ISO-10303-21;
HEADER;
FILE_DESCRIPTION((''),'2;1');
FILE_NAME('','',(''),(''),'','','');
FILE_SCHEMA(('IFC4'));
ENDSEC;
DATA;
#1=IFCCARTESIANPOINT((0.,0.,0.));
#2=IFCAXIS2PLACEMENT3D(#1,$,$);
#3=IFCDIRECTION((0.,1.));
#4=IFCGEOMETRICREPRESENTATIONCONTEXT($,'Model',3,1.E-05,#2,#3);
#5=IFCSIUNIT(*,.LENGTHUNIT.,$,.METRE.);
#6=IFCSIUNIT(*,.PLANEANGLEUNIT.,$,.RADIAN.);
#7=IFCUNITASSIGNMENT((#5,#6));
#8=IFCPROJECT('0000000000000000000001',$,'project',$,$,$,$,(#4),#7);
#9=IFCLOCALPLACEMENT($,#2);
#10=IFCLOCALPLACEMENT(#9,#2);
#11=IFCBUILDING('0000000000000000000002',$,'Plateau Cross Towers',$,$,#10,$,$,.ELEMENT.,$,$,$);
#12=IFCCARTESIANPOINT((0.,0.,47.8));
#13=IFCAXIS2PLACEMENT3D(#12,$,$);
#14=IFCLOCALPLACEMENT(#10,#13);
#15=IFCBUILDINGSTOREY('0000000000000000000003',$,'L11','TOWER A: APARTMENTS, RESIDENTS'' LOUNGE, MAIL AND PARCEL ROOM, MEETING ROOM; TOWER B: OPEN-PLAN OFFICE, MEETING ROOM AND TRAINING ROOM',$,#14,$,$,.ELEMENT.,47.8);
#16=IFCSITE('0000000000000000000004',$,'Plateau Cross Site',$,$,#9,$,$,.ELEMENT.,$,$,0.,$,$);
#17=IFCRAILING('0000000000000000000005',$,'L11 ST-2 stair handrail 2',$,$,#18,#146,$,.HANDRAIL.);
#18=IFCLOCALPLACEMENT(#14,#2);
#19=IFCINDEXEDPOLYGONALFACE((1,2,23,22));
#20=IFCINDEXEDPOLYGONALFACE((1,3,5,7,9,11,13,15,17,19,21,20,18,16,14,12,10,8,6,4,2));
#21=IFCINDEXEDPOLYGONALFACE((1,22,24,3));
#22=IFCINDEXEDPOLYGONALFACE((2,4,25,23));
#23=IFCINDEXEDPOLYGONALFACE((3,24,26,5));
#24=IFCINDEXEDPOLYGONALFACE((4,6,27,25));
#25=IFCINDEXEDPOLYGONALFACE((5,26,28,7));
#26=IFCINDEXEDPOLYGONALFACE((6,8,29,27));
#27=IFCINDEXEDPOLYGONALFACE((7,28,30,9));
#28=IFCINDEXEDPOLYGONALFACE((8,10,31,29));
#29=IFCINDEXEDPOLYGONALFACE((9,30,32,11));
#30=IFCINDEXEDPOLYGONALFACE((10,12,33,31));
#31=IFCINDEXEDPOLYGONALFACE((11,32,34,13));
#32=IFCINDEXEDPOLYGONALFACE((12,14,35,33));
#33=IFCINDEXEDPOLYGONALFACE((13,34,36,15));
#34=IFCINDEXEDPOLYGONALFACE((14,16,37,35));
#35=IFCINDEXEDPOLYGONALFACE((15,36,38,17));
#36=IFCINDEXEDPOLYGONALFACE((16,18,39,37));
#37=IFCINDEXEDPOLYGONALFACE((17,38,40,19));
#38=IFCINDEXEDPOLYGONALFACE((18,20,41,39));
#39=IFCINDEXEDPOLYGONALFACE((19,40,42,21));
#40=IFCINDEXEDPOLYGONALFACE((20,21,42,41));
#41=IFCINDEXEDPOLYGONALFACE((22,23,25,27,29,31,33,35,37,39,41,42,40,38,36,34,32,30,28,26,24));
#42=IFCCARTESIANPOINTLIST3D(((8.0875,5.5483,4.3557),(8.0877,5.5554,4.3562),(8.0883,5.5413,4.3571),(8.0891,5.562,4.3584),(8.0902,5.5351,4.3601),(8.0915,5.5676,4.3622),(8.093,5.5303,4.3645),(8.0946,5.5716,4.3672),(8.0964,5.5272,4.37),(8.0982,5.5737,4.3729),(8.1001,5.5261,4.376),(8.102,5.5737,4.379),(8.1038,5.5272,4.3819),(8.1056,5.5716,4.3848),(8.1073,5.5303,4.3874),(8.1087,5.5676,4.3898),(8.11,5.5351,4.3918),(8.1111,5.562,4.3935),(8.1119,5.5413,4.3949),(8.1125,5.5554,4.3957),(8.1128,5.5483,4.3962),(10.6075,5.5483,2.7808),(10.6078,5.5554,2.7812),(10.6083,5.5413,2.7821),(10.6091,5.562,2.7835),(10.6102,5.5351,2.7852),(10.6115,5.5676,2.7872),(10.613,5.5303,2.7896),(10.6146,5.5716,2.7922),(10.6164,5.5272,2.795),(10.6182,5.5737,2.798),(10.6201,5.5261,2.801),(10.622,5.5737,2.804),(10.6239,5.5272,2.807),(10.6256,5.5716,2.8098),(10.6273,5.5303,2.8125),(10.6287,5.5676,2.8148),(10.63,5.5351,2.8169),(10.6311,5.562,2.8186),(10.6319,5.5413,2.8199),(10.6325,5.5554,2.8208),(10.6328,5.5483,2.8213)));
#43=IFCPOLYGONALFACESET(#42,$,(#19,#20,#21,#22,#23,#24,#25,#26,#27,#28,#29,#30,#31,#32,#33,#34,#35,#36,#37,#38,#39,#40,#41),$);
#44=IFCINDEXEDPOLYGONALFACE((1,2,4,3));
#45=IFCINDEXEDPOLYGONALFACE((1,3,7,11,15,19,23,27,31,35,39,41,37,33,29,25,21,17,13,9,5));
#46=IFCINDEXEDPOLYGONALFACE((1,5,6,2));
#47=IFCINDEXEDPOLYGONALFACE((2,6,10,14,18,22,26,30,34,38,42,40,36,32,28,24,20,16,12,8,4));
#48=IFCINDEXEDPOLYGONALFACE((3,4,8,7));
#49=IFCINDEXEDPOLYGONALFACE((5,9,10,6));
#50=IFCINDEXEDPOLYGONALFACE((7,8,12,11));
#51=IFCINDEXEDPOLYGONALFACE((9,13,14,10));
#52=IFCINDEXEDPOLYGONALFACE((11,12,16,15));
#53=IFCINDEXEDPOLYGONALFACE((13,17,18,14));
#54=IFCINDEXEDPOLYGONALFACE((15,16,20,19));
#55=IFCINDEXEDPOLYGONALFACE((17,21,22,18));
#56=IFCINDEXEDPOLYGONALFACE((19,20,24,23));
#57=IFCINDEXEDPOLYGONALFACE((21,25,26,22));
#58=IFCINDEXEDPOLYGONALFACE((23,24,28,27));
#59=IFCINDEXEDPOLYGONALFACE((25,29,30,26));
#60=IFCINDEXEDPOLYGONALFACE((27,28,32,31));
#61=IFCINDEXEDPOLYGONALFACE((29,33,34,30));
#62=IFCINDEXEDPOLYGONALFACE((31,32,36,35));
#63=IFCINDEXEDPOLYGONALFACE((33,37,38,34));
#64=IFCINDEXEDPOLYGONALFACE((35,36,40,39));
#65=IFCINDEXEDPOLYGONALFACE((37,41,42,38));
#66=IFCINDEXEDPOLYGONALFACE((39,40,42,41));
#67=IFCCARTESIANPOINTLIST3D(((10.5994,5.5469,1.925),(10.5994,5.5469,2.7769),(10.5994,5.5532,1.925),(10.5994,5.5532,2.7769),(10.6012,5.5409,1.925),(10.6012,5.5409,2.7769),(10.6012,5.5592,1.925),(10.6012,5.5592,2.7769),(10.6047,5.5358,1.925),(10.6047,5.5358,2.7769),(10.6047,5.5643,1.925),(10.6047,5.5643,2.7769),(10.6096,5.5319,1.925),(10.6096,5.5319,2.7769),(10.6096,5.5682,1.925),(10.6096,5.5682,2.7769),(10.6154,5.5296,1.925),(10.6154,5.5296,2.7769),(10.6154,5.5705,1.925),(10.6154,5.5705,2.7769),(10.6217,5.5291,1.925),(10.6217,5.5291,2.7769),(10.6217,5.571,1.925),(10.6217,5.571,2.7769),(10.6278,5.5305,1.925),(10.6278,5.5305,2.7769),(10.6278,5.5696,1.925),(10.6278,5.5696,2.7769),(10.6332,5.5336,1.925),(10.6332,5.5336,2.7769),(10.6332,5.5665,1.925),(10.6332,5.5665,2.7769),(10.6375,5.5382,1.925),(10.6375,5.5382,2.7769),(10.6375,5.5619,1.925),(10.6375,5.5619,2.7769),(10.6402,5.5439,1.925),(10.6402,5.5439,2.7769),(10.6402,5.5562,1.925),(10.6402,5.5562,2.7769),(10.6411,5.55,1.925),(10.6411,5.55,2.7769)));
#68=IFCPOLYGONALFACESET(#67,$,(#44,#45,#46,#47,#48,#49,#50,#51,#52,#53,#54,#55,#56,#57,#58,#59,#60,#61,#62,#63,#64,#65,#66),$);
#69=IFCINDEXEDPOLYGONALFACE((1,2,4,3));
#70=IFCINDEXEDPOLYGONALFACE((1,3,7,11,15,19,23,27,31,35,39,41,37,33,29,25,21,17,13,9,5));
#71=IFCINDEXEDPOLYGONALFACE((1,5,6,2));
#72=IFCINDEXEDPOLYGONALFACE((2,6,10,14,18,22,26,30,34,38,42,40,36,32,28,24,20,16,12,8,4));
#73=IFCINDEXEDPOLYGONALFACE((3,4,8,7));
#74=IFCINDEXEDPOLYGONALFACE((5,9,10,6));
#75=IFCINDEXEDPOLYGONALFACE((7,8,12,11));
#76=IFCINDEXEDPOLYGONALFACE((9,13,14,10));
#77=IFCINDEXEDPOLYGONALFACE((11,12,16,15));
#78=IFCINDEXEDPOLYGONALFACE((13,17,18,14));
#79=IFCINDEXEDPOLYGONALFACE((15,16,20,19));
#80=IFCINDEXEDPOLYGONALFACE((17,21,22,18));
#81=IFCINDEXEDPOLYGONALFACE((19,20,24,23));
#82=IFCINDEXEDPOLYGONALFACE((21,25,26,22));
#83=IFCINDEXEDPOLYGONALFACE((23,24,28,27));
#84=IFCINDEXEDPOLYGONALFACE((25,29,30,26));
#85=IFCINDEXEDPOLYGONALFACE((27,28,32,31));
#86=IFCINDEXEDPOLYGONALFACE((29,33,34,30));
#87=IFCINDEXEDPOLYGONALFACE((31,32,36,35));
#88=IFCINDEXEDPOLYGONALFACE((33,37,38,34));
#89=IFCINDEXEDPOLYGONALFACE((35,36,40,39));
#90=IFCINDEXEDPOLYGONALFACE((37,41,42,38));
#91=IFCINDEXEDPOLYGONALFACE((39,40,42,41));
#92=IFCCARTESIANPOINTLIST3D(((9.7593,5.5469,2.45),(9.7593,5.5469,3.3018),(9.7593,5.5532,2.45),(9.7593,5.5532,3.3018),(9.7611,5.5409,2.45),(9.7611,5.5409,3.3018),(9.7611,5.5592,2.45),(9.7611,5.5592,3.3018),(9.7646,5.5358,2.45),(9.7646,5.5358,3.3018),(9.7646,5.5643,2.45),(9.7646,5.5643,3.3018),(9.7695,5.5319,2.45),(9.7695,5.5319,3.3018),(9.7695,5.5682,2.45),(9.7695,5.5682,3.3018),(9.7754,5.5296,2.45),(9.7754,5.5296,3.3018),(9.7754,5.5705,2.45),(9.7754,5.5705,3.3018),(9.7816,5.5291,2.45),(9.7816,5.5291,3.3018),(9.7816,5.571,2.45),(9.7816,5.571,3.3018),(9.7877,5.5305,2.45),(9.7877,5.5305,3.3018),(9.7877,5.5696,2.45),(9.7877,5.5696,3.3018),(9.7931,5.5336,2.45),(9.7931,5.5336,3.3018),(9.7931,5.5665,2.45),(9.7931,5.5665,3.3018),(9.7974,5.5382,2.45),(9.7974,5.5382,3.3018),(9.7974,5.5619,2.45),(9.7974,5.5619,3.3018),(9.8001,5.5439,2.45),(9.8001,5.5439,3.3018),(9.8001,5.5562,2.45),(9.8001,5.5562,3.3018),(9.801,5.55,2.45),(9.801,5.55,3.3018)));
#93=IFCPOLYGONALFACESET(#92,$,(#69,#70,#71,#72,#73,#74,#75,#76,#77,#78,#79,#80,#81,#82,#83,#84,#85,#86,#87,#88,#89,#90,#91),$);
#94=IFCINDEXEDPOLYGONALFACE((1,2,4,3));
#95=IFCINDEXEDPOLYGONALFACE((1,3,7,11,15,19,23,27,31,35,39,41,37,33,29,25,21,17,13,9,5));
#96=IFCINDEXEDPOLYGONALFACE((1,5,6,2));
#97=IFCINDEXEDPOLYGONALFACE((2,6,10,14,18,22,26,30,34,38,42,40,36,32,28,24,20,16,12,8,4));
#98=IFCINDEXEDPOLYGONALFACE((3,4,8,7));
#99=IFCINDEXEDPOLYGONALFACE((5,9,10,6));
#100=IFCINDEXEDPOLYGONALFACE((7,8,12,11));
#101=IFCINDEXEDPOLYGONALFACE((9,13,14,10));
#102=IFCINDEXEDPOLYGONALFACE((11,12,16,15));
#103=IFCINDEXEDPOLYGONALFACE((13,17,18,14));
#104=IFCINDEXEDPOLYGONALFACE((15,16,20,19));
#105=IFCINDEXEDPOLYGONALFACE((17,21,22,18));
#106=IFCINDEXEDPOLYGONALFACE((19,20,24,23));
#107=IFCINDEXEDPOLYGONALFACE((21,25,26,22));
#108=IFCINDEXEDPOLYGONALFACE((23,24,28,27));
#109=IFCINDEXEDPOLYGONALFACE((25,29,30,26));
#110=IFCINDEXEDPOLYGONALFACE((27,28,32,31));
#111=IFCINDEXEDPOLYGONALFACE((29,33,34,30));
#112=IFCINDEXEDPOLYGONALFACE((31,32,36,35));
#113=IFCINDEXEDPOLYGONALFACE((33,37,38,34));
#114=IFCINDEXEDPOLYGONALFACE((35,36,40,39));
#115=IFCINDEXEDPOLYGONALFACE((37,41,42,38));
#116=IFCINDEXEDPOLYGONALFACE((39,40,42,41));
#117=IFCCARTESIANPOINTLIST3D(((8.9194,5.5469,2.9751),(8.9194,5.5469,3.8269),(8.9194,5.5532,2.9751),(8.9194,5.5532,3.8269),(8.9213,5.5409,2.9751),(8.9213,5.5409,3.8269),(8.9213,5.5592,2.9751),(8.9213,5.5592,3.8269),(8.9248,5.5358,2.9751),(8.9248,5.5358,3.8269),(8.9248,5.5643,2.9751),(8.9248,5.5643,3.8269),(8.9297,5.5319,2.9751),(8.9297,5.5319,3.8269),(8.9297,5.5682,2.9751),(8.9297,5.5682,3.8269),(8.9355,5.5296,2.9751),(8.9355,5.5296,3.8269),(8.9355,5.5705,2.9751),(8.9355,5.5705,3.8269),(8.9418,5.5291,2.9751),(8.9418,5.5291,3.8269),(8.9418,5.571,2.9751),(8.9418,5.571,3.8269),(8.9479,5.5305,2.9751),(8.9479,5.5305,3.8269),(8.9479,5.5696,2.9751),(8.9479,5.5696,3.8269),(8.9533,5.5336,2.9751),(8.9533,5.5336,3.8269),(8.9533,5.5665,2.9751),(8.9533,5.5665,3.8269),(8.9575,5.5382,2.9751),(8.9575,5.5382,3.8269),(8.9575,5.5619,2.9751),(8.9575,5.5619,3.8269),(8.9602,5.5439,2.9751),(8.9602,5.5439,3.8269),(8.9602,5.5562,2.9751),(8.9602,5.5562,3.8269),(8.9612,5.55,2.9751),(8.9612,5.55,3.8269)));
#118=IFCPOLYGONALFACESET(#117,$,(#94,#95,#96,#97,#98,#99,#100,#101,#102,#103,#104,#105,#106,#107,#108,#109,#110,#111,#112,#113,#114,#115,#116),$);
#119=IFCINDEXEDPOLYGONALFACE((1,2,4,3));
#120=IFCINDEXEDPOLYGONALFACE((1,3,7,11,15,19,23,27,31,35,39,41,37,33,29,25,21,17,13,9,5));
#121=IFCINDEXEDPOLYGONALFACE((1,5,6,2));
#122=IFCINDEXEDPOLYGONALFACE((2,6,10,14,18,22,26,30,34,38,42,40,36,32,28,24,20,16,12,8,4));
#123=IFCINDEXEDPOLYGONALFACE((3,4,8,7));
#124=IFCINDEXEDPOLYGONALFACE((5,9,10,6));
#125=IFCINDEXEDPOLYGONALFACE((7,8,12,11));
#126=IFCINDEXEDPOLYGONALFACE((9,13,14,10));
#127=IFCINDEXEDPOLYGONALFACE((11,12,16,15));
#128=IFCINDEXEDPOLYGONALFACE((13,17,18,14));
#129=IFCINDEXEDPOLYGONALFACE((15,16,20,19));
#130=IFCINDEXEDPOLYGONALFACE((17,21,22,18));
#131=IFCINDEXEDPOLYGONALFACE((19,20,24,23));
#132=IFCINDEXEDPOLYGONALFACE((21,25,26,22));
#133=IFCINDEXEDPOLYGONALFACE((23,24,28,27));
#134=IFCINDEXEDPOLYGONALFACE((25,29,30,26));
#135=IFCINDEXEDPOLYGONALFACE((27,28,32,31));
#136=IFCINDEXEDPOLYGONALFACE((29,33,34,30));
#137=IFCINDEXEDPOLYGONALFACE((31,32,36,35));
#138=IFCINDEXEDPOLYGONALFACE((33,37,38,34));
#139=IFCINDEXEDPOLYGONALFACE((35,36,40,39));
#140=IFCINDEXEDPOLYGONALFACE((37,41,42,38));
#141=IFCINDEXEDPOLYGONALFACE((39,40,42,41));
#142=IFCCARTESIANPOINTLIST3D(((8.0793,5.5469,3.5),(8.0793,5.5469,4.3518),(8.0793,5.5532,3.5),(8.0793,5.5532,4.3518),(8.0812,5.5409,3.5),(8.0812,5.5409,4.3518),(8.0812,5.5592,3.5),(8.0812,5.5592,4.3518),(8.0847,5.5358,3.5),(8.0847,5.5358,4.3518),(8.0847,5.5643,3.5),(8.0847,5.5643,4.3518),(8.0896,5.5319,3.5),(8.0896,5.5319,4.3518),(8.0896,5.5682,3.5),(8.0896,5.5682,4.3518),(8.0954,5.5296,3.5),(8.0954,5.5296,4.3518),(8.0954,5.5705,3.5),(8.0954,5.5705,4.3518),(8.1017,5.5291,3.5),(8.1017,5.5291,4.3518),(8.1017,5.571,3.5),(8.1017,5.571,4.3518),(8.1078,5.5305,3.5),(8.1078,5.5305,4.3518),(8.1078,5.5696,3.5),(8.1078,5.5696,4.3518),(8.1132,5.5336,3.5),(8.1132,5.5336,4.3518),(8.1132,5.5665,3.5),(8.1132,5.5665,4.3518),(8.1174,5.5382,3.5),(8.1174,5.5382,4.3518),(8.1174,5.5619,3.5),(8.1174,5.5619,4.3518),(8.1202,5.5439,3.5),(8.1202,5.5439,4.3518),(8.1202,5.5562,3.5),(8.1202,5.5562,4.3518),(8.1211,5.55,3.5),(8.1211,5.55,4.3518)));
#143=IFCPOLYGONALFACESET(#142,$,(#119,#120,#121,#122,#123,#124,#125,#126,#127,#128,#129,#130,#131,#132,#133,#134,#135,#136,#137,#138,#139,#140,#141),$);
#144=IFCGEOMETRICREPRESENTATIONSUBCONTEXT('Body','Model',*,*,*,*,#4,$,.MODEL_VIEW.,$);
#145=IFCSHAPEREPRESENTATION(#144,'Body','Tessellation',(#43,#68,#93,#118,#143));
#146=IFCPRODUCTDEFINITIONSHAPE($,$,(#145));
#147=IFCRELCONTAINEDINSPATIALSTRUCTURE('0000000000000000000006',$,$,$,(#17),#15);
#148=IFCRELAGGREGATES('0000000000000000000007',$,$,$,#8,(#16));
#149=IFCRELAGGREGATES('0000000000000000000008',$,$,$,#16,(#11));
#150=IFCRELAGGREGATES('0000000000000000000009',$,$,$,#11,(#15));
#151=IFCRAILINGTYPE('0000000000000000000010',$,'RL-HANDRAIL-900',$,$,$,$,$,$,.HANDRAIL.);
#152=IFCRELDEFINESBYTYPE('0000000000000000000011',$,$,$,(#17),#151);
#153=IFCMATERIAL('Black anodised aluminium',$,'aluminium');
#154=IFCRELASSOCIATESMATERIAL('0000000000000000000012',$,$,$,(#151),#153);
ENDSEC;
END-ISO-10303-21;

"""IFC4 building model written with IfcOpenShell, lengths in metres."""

from ifc_helpers import new_model, si_unit, direction, frame, origin, origin_2d, place, context, subcontext, project, spatial, circle, extrude, material, type_object, element, save


model = new_model("IFC4")

# Units and contexts
model_context = context("Model", 3, precision=1e-05, world=origin(), true_north=direction((0.0, 1.0)))
body_context = subcontext(model_context, "Body", "Model", "MODEL_VIEW")
ifc_project = project(units=[si_unit("LENGTHUNIT", "METRE"), si_unit("PLANEANGLEUNIT", "RADIAN")], contexts=[model_context])

# Site, building, storey
site_placement = place(None, origin())
site = spatial("IfcSite", under=ifc_project, at=site_placement, Name="Plateau Cross Site", CompositionType="ELEMENT", RefElevation=0.0)
building_placement = place(site_placement, origin())
building = spatial("IfcBuilding", under=site, at=building_placement, Name="Plateau Cross Towers", CompositionType="ELEMENT")
storey_placement = place(building_placement, frame((0.0, 0.0, 47.8)))
storey = spatial("IfcBuildingStorey", under=building, at=storey_placement, Name="L11", Description="TOWER A: APARTMENTS, RESIDENTS' LOUNGE, MAIL AND PARCEL ROOM, MEETING ROOM; TOWER B: OPEN-PLAN OFFICE, MEETING ROOM AND TRAINING ROOM", CompositionType="ELEMENT", Elevation=47.8)

# Railing
ifc_material_1 = material(Name="Black anodised aluminium", Category="aluminium")
railing_type_1 = type_object("IfcRailingType", Name="RL-HANDRAIL-900", PredefinedType="HANDRAIL", material=ifc_material_1)
railing_1_placement = place(storey_placement, frame((10.6201, 5.55, 1.925)))
element("IfcRailing", 1, at=railing_1_placement, inside=storey, type_object=railing_type_1, Name="L11 ST-2 stair handrail 2", PredefinedType="HANDRAIL", context=body_context, shape_type="SweptSolid", body=[
    extrude(circle(Radius=0.0239, at=origin_2d()), frame((0.0, 0.0, 0.876), z_axis=(-0.848008, 0.0, 0.529984), x_axis=(0.0, -1.0, 0.0)), (0.0, 0.0, 1.0), 2.9717),
    extrude(circle(Radius=0.021, at=origin_2d()), origin(), (0.0, 0.0, 1.0), 0.8518),
    extrude(circle(Radius=0.021, at=origin_2d()), frame((-0.8401, 0.0, 0.5249)), (0.0, 0.0, 1.0), 0.8518),
    extrude(circle(Radius=0.021, at=origin_2d()), frame((-1.6799, 0.0, 1.05)), (0.0, 0.0, 1.0), 0.8518),
    extrude(circle(Radius=0.021, at=origin_2d()), frame((-2.52, 0.0, 1.575)), (0.0, 0.0, 1.0), 0.8518),
])

save(model, "model.ifc")
